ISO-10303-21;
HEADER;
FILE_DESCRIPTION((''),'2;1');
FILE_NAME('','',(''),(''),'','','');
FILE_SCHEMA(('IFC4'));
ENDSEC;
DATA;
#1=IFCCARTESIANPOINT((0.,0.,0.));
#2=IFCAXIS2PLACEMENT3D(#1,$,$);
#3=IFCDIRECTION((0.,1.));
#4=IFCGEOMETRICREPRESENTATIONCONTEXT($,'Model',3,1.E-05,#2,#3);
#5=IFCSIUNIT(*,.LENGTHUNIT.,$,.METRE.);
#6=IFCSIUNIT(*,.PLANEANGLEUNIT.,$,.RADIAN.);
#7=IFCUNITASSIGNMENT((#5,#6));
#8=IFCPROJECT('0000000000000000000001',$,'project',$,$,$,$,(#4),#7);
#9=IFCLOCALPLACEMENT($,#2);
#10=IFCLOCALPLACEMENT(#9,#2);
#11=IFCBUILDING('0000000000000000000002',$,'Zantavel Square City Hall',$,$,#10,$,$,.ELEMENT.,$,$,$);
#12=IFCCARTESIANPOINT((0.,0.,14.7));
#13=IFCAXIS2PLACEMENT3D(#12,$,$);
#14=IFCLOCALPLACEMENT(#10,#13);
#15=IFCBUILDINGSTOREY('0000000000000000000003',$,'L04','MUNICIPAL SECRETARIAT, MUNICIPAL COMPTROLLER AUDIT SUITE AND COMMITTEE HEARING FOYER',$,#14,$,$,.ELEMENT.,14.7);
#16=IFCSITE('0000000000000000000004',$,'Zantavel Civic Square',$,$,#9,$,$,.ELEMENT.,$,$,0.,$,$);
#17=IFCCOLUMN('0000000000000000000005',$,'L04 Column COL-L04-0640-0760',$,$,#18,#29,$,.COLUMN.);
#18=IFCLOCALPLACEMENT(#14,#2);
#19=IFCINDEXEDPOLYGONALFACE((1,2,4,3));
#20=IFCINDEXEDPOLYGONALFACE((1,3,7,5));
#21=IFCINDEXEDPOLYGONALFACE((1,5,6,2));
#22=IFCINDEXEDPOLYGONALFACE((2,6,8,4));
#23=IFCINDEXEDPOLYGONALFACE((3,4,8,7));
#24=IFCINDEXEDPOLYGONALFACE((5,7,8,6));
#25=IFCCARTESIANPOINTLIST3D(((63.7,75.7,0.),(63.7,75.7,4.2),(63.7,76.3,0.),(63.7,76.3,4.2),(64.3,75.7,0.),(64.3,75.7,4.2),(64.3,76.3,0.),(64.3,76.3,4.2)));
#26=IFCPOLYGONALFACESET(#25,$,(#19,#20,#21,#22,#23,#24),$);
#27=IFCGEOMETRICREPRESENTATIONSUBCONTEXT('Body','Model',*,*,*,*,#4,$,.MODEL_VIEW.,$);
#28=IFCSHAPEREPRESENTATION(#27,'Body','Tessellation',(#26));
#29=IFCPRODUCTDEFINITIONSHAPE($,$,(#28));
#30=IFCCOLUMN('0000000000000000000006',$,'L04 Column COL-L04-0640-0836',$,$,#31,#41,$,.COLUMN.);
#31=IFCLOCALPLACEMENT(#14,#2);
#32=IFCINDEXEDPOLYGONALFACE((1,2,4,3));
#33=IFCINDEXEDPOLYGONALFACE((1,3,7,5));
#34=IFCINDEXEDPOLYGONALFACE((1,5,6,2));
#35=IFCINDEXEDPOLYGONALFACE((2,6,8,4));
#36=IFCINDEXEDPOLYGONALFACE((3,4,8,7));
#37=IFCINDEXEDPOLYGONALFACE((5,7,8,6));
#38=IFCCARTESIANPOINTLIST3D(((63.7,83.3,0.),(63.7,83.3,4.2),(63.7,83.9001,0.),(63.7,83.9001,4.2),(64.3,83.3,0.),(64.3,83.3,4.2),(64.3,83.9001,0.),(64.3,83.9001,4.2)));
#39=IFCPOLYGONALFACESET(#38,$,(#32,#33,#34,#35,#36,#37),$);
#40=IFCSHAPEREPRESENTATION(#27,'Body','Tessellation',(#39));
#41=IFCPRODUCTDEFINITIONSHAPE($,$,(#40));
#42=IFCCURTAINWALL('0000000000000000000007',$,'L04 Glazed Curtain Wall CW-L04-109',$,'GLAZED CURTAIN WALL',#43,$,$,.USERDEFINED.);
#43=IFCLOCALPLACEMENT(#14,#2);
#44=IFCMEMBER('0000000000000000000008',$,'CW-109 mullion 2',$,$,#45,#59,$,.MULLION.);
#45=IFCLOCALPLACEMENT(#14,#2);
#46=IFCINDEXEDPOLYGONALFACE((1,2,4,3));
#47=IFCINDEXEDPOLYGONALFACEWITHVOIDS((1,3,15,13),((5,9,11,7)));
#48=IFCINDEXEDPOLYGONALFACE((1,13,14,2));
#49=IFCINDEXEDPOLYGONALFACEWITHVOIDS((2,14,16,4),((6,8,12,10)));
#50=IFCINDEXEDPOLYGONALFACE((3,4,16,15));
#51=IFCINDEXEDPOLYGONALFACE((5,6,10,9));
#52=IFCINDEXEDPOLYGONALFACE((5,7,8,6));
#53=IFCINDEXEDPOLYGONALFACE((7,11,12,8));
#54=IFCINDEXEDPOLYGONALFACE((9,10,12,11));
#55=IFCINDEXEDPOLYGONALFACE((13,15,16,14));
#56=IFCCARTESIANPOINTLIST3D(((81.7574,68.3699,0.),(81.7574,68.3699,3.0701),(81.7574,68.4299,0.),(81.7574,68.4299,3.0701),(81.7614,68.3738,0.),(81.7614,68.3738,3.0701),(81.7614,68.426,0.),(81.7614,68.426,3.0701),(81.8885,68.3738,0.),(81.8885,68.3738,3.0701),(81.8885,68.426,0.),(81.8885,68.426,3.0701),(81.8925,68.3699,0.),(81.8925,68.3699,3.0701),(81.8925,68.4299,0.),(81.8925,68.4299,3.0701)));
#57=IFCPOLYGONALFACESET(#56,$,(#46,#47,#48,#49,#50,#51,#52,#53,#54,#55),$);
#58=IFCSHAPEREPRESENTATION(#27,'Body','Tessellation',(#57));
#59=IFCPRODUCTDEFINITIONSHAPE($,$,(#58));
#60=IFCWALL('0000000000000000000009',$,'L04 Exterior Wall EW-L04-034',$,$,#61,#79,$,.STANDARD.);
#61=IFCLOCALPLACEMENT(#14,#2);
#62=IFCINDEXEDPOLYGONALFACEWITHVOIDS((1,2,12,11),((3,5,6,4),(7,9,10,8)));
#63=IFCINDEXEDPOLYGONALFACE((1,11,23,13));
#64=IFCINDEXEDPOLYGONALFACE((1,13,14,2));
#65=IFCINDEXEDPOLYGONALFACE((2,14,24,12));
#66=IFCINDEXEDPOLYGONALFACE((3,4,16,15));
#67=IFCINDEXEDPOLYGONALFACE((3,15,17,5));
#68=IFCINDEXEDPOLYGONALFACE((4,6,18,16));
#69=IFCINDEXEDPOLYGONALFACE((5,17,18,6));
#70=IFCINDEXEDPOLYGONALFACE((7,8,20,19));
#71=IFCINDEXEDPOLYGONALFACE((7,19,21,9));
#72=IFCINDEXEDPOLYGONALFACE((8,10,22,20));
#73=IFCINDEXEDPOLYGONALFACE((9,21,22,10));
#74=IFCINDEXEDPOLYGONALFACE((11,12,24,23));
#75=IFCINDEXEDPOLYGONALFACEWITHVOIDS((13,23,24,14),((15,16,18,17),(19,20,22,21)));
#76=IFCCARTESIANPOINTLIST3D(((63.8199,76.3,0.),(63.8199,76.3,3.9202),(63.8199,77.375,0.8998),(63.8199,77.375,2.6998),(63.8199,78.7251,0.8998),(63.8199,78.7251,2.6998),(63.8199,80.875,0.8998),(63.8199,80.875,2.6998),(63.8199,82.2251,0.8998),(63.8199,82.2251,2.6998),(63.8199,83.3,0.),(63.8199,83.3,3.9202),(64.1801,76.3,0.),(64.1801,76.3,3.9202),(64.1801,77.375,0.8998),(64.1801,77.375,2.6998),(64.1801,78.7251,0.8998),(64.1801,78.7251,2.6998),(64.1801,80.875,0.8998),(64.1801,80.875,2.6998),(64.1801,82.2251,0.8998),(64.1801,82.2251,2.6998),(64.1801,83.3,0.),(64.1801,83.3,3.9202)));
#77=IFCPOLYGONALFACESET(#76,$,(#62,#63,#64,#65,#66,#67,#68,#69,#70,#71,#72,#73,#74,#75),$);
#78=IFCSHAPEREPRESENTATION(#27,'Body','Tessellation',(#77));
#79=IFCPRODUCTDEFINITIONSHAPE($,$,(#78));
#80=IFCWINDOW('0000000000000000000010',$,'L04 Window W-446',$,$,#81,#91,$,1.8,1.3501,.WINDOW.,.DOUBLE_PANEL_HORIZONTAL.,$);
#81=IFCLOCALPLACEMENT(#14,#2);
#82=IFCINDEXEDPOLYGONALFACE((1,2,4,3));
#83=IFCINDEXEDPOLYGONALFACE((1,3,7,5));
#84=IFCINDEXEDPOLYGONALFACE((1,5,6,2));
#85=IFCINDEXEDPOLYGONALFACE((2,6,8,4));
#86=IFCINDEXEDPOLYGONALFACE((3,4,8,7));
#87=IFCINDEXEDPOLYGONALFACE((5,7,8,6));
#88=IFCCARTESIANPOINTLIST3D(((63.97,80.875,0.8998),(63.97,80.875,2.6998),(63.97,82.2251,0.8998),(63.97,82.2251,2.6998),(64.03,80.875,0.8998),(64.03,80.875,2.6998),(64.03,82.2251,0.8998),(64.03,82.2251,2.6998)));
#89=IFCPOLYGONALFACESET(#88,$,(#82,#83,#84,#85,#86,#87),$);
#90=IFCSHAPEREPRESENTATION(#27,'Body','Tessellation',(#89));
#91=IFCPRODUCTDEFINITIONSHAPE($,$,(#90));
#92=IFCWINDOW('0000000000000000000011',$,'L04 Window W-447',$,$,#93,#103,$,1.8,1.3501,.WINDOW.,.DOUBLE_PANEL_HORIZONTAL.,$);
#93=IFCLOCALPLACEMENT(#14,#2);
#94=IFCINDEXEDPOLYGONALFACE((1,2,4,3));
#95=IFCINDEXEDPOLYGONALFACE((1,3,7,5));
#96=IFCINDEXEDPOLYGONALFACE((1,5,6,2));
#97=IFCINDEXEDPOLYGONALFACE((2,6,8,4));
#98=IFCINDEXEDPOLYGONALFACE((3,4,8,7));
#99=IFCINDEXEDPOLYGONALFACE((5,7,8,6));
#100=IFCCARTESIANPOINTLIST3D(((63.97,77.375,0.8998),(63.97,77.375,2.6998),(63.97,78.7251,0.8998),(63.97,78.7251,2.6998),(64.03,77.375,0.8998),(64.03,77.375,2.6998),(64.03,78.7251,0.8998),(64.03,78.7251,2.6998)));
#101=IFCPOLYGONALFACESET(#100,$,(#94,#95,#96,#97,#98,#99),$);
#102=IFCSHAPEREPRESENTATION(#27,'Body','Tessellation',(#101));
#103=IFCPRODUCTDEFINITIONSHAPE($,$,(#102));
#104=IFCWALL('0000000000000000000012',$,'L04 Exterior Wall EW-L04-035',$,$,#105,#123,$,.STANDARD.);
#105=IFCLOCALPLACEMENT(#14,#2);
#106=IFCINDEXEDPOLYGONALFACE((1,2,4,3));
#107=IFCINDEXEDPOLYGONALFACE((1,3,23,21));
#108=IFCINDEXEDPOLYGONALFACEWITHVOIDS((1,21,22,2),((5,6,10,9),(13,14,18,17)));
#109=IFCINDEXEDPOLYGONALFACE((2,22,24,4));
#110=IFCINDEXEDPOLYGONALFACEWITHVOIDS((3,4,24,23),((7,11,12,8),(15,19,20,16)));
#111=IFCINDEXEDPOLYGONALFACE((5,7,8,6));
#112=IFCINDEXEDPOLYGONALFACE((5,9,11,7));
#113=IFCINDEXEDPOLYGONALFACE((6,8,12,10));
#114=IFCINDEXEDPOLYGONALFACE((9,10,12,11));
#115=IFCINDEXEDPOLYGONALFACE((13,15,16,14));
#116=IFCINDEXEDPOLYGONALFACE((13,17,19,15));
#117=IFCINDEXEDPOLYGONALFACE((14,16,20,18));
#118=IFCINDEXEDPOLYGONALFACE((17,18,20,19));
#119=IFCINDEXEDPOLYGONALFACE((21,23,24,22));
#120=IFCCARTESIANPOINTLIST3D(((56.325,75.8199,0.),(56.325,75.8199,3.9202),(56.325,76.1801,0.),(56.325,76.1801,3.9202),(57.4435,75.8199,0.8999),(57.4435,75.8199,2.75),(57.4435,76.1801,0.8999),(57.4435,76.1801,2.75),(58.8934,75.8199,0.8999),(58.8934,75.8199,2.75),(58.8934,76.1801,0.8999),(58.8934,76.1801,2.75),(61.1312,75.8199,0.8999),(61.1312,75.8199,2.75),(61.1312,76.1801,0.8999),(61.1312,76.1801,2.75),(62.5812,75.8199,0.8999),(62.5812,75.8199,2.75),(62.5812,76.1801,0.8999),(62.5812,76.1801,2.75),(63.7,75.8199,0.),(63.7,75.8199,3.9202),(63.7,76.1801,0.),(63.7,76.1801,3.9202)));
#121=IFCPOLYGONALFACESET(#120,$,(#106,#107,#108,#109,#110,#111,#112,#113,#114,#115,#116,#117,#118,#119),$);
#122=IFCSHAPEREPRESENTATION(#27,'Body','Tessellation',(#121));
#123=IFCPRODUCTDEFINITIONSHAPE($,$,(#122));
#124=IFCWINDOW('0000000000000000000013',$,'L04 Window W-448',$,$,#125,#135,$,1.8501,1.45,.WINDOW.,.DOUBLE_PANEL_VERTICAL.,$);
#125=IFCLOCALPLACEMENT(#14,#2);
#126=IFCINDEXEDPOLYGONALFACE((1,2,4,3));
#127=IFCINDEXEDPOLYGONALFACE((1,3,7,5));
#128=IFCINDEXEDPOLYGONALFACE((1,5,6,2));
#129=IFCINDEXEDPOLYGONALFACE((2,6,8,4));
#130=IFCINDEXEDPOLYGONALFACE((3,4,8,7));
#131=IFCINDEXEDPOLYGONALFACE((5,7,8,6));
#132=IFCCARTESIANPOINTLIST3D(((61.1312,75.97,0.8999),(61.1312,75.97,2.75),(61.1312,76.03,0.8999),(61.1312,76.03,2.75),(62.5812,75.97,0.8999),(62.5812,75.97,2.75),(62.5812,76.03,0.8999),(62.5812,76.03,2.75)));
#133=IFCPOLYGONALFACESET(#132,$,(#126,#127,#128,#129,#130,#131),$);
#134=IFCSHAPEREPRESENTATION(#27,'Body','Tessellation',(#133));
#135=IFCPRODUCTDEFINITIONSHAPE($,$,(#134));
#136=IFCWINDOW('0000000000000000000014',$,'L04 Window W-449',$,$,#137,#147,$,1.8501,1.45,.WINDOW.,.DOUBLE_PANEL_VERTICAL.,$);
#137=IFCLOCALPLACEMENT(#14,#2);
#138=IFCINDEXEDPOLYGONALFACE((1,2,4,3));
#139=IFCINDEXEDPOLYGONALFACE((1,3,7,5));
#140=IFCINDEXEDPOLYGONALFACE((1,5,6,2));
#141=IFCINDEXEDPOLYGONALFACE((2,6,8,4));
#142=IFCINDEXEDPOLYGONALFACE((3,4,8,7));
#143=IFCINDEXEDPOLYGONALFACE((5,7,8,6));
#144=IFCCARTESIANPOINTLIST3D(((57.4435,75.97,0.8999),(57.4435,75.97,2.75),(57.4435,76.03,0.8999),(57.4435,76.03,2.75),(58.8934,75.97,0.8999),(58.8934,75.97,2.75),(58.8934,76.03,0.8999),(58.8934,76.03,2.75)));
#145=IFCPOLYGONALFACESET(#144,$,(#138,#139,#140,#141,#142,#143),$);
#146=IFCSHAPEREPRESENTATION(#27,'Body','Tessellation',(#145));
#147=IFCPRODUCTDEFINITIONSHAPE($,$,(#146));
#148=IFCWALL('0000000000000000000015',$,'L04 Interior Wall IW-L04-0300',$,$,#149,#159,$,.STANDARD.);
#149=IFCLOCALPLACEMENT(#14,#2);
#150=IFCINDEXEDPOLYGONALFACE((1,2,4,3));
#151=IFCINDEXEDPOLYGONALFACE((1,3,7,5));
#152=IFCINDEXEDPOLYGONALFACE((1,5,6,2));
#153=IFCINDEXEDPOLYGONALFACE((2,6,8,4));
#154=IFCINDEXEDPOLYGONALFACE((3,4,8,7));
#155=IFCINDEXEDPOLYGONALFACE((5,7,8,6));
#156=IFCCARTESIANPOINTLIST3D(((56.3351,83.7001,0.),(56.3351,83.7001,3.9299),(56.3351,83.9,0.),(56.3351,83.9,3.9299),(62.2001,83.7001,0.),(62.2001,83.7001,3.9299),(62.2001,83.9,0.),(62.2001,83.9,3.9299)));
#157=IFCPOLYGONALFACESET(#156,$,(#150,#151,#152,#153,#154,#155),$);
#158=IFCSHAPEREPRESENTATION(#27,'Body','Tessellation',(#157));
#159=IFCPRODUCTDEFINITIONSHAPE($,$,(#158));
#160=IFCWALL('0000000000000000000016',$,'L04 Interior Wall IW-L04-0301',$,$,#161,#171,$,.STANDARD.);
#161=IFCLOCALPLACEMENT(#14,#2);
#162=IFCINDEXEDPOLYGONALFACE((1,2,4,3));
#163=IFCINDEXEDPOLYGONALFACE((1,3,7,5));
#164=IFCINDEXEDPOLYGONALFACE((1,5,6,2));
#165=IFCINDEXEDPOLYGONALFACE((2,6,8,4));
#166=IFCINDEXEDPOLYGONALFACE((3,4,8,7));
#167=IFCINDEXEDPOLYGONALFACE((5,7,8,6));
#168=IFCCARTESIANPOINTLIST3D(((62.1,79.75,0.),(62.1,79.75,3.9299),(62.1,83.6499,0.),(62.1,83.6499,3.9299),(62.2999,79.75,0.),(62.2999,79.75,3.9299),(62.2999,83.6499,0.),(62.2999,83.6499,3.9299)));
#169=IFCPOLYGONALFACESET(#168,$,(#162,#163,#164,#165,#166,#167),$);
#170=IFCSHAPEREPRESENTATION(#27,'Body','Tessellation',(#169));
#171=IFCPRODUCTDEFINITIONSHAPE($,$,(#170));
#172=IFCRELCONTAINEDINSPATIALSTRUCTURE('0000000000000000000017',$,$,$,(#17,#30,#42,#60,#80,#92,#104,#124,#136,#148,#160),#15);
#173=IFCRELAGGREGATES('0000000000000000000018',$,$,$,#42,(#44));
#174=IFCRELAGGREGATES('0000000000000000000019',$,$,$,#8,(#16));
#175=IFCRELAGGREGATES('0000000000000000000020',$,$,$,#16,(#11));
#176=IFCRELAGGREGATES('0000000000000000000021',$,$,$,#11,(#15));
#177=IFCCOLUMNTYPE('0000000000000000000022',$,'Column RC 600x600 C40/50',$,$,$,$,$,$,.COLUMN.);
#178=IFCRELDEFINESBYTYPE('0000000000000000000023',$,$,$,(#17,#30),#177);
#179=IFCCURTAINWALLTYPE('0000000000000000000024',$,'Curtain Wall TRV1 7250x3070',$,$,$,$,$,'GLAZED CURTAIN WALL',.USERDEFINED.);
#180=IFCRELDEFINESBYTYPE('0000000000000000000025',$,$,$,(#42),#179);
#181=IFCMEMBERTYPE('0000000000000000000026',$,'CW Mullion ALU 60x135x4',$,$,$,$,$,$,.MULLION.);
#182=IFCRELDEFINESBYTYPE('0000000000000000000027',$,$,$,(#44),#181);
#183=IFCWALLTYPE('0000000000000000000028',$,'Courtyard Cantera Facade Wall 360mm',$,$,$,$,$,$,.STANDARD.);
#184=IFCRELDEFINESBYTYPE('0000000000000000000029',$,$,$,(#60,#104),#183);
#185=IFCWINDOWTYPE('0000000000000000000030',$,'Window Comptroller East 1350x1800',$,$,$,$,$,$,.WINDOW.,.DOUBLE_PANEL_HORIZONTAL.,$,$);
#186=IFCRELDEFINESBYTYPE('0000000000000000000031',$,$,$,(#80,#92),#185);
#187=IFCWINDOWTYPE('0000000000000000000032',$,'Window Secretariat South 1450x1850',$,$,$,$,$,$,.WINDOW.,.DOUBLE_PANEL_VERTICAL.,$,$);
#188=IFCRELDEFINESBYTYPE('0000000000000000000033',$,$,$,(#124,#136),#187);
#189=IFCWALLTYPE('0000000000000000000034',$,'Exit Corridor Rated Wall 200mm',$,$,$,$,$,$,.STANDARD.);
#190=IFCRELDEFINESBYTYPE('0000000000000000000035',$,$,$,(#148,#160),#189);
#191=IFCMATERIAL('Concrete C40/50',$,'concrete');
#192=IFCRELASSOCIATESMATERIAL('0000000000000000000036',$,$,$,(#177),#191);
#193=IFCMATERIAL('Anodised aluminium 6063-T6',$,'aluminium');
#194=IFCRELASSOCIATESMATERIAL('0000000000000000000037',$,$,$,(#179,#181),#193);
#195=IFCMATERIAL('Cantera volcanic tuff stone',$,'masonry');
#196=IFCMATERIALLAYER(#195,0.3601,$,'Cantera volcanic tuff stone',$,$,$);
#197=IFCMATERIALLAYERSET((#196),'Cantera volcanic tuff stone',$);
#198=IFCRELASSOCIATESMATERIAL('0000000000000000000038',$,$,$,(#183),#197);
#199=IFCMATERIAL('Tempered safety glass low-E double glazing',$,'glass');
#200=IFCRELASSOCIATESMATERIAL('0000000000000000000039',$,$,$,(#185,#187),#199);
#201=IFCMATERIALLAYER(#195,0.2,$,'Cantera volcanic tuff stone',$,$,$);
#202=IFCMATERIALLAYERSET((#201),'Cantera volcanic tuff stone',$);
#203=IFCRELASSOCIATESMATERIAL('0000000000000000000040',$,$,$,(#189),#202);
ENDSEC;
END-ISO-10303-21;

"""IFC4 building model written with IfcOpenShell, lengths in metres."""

from ifc_helpers import new_model, si_unit, direction, frame, frame_2d, origin, origin_2d, place, context, subcontext, project, spatial, rectangle, hollow_rectangle, extrude, material, layer, layer_set, material_profile, profile_set, type_object, element, fill, aggregate, save


model = new_model("IFC4")

# Units and contexts
model_context = context("Model", 3, precision=1e-05, world=origin(), true_north=direction((0.0, 1.0)))
body_context = subcontext(model_context, "Body", "Model", "MODEL_VIEW")
ifc_project = project(units=[si_unit("LENGTHUNIT", "METRE"), si_unit("PLANEANGLEUNIT", "RADIAN")], contexts=[model_context])

# Site, building, storey
site_placement = place(None, origin())
site = spatial("IfcSite", under=ifc_project, at=site_placement, Name="Zantavel Civic Square", CompositionType="ELEMENT", RefElevation=0.0)
building_placement = place(site_placement, origin())
building = spatial("IfcBuilding", under=site, at=building_placement, Name="Zantavel Square City Hall", CompositionType="ELEMENT")
storey_placement = place(building_placement, frame((0.0, 0.0, 14.7)))
storey = spatial("IfcBuildingStorey", under=building, at=storey_placement, Name="L04", Description="MUNICIPAL SECRETARIAT, MUNICIPAL COMPTROLLER AUDIT SUITE AND COMMITTEE HEARING FOYER", CompositionType="ELEMENT", Elevation=14.7)

# Columns
ifc_material_1 = material(Name="Concrete C40/50", Category="concrete")
ifc_material_profile_1 = material_profile(ifc_material_1, rectangle(XDim=0.6001, YDim=0.6001, at=origin_2d()), Name="RC 600x600")
ifc_profile_set_1 = profile_set([ifc_material_profile_1], Name="Concrete C40/50")
column_type = type_object("IfcColumnType", Name="Column RC 600x600 C40/50", PredefinedType="COLUMN", material=ifc_profile_set_1)
for number, where, z_axis, x_axis, name in (
    (1, (64.0, 76.0, 0.0), (0.0, 0.0, 1.0), (1.0, 0.0, 0.0), "L04 Column COL-L04-0640-0760"),
    (2, (64.0, 83.6001, 0.0), (0.0, 0.0, 1.0), (1.0, 0.0, 0.0), "L04 Column COL-L04-0640-0836"),
):
    element("IfcColumn", number, at=place(storey_placement, frame(where, z_axis=z_axis, x_axis=x_axis)), inside=storey, type_object=column_type, Name=name, PredefinedType="COLUMN", context=body_context, shape_type="SweptSolid", body=[
        extrude(rectangle(XDim=0.6001, YDim=0.6001, at=origin_2d()), origin(), (0.0, 0.0, 1.0), 4.2),
    ])

# Curtain wall, member
ifc_material_2 = material(Name="Anodised aluminium 6063-T6", Category="aluminium")
curtain_wall_type = type_object("IfcCurtainWallType", Name="Curtain Wall TRV1 7250x3070", ElementType="GLAZED CURTAIN WALL", PredefinedType="USERDEFINED", material=ifc_material_2)
curtain_wall_placement = place(storey_placement, origin())
curtain_wall = element("IfcCurtainWall", 3, at=curtain_wall_placement, inside=storey, type_object=curtain_wall_type, Name="L04 Glazed Curtain Wall CW-L04-109", ObjectType="GLAZED CURTAIN WALL", PredefinedType="USERDEFINED")
ifc_material_profile_2 = material_profile(ifc_material_2, hollow_rectangle(XDim=0.0601, YDim=0.135, WallThickness=0.0039, at=origin_2d()), Name="ALU 60x135x4")
ifc_profile_set_2 = profile_set([ifc_material_profile_2], Name="Anodised aluminium 6063-T6")
member_type = type_object("IfcMemberType", Name="CW Mullion ALU 60x135x4", PredefinedType="MULLION", material=ifc_profile_set_2)
member_placement = place(storey_placement, frame((81.825, 68.3999, 0.0), z_axis=(0.0, 0.0, 1.0), x_axis=(0.0, 1.0, 0.0)))
member = element("IfcMember", 4, at=member_placement, type_object=member_type, Name="CW-109 mullion 2", PredefinedType="MULLION", context=body_context, shape_type="SweptSolid", body=[
    extrude(hollow_rectangle(XDim=0.0601, YDim=0.135, WallThickness=0.0039, at=origin_2d()), origin(), (0.0, 0.0, 1.0), 3.0701),
])
aggregate(curtain_wall, [member])

# Walls, openings, windows
ifc_material_3 = material(Name="Cantera volcanic tuff stone", Category="masonry")
ifc_layer_1 = layer(ifc_material_3, 0.3601, Name="Cantera volcanic tuff stone")
ifc_layer_set_1 = layer_set([ifc_layer_1], Name="Cantera volcanic tuff stone")
wall_type_1 = type_object("IfcWallType", Name="Courtyard Cantera Facade Wall 360mm", PredefinedType="STANDARD", material=ifc_layer_set_1)
wall_1_placement = place(storey_placement, frame((64.0, 83.3, 0.0), z_axis=(0.0, 0.0, 1.0), x_axis=(0.0, -1.0, 0.0)))
wall_1 = element("IfcWall", 5, at=wall_1_placement, inside=storey, type_object=wall_type_1, Name="L04 Exterior Wall EW-L04-034", PredefinedType="STANDARD", context=body_context, shape_type="SweptSolid", body=[
    extrude(rectangle(XDim=7.0, YDim=0.3601, at=frame_2d((3.5, 0.0))), origin(), (0.0, 0.0, 1.0), 3.9202),
])
opening_1_placement = place(wall_1_placement, frame((1.075, 0.0, 0.8999)))
opening_1 = element("IfcOpeningElement", 6, at=opening_1_placement, cuts=wall_1, PredefinedType="OPENING", context=body_context, shape_type="SweptSolid", body=[
    extrude(rectangle(XDim=1.3501, YDim=1.8, at=frame_2d((0.675, 0.8999))), frame((0.0, 0.1899, 0.0), z_axis=(0.0, -1.0, 0.0), x_axis=(1.0, 0.0, 0.0)), (0.0, 0.0, 1.0), 0.3801),
])
opening_2_placement = place(wall_1_placement, frame((4.575, 0.0, 0.8999)))
opening_2 = element("IfcOpeningElement", 7, at=opening_2_placement, cuts=wall_1, PredefinedType="OPENING", context=body_context, shape_type="SweptSolid", body=[
    extrude(rectangle(XDim=1.3501, YDim=1.8, at=frame_2d((0.675, 0.8999))), frame((0.0, 0.1899, 0.0), z_axis=(0.0, -1.0, 0.0), x_axis=(1.0, 0.0, 0.0)), (0.0, 0.0, 1.0), 0.3801),
])
ifc_material_4 = material(Name="Tempered safety glass low-E double glazing", Category="glass")
window_type_1 = type_object("IfcWindowType", Name="Window Comptroller East 1350x1800", PartitioningType="DOUBLE_PANEL_HORIZONTAL", PredefinedType="WINDOW", material=ifc_material_4)
window_1_placement = place(opening_1_placement, origin())
window_1 = element("IfcWindow", 8, at=window_1_placement, inside=storey, type_object=window_type_1, Name="L04 Window W-446", OverallHeight=1.8, OverallWidth=1.3501, PartitioningType="DOUBLE_PANEL_HORIZONTAL", PredefinedType="WINDOW", context=body_context, shape_type="SweptSolid", body=[
    extrude(rectangle(XDim=1.3501, YDim=1.8, at=frame_2d((0.675, 0.8999))), frame((0.0, 0.03, 0.0), z_axis=(0.0, -1.0, 0.0), x_axis=(1.0, 0.0, 0.0)), (0.0, 0.0, 1.0), 0.0601),
])
fill(opening_1, window_1)
window_2_placement = place(opening_2_placement, origin())
window_2 = element("IfcWindow", 9, at=window_2_placement, inside=storey, type_object=window_type_1, Name="L04 Window W-447", OverallHeight=1.8, OverallWidth=1.3501, PartitioningType="DOUBLE_PANEL_HORIZONTAL", PredefinedType="WINDOW", context=body_context, shape_type="SweptSolid", body=[
    extrude(rectangle(XDim=1.3501, YDim=1.8, at=frame_2d((0.675, 0.8999))), frame((0.0, 0.03, 0.0), z_axis=(0.0, -1.0, 0.0), x_axis=(1.0, 0.0, 0.0)), (0.0, 0.0, 1.0), 0.0601),
])
fill(opening_2, window_2)
wall_2_placement = place(storey_placement, frame((63.7, 76.0, 0.0), z_axis=(0.0, 0.0, 1.0), x_axis=(-1.0, 0.0, 0.0)))
wall_2 = element("IfcWall", 10, at=wall_2_placement, inside=storey, type_object=wall_type_1, Name="L04 Exterior Wall EW-L04-035", PredefinedType="STANDARD", context=body_context, shape_type="SweptSolid", body=[
    extrude(rectangle(XDim=7.375, YDim=0.3601, at=frame_2d((3.6875, 0.0))), origin(), (0.0, 0.0, 1.0), 3.9202),
])
opening_3_placement = place(wall_2_placement, frame((1.1187, 0.0, 0.8999)))
opening_3 = element("IfcOpeningElement", 11, at=opening_3_placement, cuts=wall_2, PredefinedType="OPENING", context=body_context, shape_type="SweptSolid", body=[
    extrude(rectangle(XDim=1.45, YDim=1.8501, at=frame_2d((0.7251, 0.925))), frame((0.0, 0.1899, 0.0), z_axis=(0.0, -1.0, 0.0), x_axis=(1.0, 0.0, 0.0)), (0.0, 0.0, 1.0), 0.3801),
])
opening_4_placement = place(wall_2_placement, frame((4.8064, 0.0, 0.8999)))
opening_4 = element("IfcOpeningElement", 12, at=opening_4_placement, cuts=wall_2, PredefinedType="OPENING", context=body_context, shape_type="SweptSolid", body=[
    extrude(rectangle(XDim=1.45, YDim=1.8501, at=frame_2d((0.7251, 0.925))), frame((0.0, 0.1899, 0.0), z_axis=(0.0, -1.0, 0.0), x_axis=(1.0, 0.0, 0.0)), (0.0, 0.0, 1.0), 0.3801),
])
window_type_2 = type_object("IfcWindowType", Name="Window Secretariat South 1450x1850", PartitioningType="DOUBLE_PANEL_VERTICAL", PredefinedType="WINDOW", material=ifc_material_4)
window_3_placement = place(opening_3_placement, origin())
window_3 = element("IfcWindow", 13, at=window_3_placement, inside=storey, type_object=window_type_2, Name="L04 Window W-448", OverallHeight=1.8501, OverallWidth=1.45, PartitioningType="DOUBLE_PANEL_VERTICAL", PredefinedType="WINDOW", context=body_context, shape_type="SweptSolid", body=[
    extrude(rectangle(XDim=1.45, YDim=1.8501, at=frame_2d((0.7251, 0.925))), frame((0.0, 0.03, 0.0), z_axis=(0.0, -1.0, 0.0), x_axis=(1.0, 0.0, 0.0)), (0.0, 0.0, 1.0), 0.0601),
])
fill(opening_3, window_3)
window_4_placement = place(opening_4_placement, origin())
window_4 = element("IfcWindow", 14, at=window_4_placement, inside=storey, type_object=window_type_2, Name="L04 Window W-449", OverallHeight=1.8501, OverallWidth=1.45, PartitioningType="DOUBLE_PANEL_VERTICAL", PredefinedType="WINDOW", context=body_context, shape_type="SweptSolid", body=[
    extrude(rectangle(XDim=1.45, YDim=1.8501, at=frame_2d((0.7251, 0.925))), frame((0.0, 0.03, 0.0), z_axis=(0.0, -1.0, 0.0), x_axis=(1.0, 0.0, 0.0)), (0.0, 0.0, 1.0), 0.0601),
])
fill(opening_4, window_4)

# Walls
ifc_layer_2 = layer(ifc_material_3, 0.2, Name="Cantera volcanic tuff stone")
ifc_layer_set_2 = layer_set([ifc_layer_2], Name="Cantera volcanic tuff stone")
wall_type_2 = type_object("IfcWallType", Name="Exit Corridor Rated Wall 200mm", PredefinedType="STANDARD", material=ifc_layer_set_2)
wall_3_placement = place(storey_placement, frame((56.335, 83.8, 0.0), z_axis=(0.0, 0.0, 1.0), x_axis=(1.0, 0.0, 0.0)))
element("IfcWall", 15, at=wall_3_placement, inside=storey, type_object=wall_type_2, Name="L04 Interior Wall IW-L04-0300", PredefinedType="STANDARD", context=body_context, shape_type="SweptSolid", body=[
    extrude(rectangle(XDim=5.865, YDim=0.2, at=frame_2d((2.9326, 0.0))), origin(), (0.0, 0.0, 1.0), 3.9299),
])
wall_4_placement = place(storey_placement, frame((62.2, 83.6499, 0.0), z_axis=(0.0, 0.0, 1.0), x_axis=(0.0, -1.0, 0.0)))
element("IfcWall", 16, at=wall_4_placement, inside=storey, type_object=wall_type_2, Name="L04 Interior Wall IW-L04-0301", PredefinedType="STANDARD", context=body_context, shape_type="SweptSolid", body=[
    extrude(rectangle(XDim=3.8999, YDim=0.2, at=frame_2d((1.95, 0.0))), origin(), (0.0, 0.0, 1.0), 3.9299),
])

save(model, "model.ifc")
